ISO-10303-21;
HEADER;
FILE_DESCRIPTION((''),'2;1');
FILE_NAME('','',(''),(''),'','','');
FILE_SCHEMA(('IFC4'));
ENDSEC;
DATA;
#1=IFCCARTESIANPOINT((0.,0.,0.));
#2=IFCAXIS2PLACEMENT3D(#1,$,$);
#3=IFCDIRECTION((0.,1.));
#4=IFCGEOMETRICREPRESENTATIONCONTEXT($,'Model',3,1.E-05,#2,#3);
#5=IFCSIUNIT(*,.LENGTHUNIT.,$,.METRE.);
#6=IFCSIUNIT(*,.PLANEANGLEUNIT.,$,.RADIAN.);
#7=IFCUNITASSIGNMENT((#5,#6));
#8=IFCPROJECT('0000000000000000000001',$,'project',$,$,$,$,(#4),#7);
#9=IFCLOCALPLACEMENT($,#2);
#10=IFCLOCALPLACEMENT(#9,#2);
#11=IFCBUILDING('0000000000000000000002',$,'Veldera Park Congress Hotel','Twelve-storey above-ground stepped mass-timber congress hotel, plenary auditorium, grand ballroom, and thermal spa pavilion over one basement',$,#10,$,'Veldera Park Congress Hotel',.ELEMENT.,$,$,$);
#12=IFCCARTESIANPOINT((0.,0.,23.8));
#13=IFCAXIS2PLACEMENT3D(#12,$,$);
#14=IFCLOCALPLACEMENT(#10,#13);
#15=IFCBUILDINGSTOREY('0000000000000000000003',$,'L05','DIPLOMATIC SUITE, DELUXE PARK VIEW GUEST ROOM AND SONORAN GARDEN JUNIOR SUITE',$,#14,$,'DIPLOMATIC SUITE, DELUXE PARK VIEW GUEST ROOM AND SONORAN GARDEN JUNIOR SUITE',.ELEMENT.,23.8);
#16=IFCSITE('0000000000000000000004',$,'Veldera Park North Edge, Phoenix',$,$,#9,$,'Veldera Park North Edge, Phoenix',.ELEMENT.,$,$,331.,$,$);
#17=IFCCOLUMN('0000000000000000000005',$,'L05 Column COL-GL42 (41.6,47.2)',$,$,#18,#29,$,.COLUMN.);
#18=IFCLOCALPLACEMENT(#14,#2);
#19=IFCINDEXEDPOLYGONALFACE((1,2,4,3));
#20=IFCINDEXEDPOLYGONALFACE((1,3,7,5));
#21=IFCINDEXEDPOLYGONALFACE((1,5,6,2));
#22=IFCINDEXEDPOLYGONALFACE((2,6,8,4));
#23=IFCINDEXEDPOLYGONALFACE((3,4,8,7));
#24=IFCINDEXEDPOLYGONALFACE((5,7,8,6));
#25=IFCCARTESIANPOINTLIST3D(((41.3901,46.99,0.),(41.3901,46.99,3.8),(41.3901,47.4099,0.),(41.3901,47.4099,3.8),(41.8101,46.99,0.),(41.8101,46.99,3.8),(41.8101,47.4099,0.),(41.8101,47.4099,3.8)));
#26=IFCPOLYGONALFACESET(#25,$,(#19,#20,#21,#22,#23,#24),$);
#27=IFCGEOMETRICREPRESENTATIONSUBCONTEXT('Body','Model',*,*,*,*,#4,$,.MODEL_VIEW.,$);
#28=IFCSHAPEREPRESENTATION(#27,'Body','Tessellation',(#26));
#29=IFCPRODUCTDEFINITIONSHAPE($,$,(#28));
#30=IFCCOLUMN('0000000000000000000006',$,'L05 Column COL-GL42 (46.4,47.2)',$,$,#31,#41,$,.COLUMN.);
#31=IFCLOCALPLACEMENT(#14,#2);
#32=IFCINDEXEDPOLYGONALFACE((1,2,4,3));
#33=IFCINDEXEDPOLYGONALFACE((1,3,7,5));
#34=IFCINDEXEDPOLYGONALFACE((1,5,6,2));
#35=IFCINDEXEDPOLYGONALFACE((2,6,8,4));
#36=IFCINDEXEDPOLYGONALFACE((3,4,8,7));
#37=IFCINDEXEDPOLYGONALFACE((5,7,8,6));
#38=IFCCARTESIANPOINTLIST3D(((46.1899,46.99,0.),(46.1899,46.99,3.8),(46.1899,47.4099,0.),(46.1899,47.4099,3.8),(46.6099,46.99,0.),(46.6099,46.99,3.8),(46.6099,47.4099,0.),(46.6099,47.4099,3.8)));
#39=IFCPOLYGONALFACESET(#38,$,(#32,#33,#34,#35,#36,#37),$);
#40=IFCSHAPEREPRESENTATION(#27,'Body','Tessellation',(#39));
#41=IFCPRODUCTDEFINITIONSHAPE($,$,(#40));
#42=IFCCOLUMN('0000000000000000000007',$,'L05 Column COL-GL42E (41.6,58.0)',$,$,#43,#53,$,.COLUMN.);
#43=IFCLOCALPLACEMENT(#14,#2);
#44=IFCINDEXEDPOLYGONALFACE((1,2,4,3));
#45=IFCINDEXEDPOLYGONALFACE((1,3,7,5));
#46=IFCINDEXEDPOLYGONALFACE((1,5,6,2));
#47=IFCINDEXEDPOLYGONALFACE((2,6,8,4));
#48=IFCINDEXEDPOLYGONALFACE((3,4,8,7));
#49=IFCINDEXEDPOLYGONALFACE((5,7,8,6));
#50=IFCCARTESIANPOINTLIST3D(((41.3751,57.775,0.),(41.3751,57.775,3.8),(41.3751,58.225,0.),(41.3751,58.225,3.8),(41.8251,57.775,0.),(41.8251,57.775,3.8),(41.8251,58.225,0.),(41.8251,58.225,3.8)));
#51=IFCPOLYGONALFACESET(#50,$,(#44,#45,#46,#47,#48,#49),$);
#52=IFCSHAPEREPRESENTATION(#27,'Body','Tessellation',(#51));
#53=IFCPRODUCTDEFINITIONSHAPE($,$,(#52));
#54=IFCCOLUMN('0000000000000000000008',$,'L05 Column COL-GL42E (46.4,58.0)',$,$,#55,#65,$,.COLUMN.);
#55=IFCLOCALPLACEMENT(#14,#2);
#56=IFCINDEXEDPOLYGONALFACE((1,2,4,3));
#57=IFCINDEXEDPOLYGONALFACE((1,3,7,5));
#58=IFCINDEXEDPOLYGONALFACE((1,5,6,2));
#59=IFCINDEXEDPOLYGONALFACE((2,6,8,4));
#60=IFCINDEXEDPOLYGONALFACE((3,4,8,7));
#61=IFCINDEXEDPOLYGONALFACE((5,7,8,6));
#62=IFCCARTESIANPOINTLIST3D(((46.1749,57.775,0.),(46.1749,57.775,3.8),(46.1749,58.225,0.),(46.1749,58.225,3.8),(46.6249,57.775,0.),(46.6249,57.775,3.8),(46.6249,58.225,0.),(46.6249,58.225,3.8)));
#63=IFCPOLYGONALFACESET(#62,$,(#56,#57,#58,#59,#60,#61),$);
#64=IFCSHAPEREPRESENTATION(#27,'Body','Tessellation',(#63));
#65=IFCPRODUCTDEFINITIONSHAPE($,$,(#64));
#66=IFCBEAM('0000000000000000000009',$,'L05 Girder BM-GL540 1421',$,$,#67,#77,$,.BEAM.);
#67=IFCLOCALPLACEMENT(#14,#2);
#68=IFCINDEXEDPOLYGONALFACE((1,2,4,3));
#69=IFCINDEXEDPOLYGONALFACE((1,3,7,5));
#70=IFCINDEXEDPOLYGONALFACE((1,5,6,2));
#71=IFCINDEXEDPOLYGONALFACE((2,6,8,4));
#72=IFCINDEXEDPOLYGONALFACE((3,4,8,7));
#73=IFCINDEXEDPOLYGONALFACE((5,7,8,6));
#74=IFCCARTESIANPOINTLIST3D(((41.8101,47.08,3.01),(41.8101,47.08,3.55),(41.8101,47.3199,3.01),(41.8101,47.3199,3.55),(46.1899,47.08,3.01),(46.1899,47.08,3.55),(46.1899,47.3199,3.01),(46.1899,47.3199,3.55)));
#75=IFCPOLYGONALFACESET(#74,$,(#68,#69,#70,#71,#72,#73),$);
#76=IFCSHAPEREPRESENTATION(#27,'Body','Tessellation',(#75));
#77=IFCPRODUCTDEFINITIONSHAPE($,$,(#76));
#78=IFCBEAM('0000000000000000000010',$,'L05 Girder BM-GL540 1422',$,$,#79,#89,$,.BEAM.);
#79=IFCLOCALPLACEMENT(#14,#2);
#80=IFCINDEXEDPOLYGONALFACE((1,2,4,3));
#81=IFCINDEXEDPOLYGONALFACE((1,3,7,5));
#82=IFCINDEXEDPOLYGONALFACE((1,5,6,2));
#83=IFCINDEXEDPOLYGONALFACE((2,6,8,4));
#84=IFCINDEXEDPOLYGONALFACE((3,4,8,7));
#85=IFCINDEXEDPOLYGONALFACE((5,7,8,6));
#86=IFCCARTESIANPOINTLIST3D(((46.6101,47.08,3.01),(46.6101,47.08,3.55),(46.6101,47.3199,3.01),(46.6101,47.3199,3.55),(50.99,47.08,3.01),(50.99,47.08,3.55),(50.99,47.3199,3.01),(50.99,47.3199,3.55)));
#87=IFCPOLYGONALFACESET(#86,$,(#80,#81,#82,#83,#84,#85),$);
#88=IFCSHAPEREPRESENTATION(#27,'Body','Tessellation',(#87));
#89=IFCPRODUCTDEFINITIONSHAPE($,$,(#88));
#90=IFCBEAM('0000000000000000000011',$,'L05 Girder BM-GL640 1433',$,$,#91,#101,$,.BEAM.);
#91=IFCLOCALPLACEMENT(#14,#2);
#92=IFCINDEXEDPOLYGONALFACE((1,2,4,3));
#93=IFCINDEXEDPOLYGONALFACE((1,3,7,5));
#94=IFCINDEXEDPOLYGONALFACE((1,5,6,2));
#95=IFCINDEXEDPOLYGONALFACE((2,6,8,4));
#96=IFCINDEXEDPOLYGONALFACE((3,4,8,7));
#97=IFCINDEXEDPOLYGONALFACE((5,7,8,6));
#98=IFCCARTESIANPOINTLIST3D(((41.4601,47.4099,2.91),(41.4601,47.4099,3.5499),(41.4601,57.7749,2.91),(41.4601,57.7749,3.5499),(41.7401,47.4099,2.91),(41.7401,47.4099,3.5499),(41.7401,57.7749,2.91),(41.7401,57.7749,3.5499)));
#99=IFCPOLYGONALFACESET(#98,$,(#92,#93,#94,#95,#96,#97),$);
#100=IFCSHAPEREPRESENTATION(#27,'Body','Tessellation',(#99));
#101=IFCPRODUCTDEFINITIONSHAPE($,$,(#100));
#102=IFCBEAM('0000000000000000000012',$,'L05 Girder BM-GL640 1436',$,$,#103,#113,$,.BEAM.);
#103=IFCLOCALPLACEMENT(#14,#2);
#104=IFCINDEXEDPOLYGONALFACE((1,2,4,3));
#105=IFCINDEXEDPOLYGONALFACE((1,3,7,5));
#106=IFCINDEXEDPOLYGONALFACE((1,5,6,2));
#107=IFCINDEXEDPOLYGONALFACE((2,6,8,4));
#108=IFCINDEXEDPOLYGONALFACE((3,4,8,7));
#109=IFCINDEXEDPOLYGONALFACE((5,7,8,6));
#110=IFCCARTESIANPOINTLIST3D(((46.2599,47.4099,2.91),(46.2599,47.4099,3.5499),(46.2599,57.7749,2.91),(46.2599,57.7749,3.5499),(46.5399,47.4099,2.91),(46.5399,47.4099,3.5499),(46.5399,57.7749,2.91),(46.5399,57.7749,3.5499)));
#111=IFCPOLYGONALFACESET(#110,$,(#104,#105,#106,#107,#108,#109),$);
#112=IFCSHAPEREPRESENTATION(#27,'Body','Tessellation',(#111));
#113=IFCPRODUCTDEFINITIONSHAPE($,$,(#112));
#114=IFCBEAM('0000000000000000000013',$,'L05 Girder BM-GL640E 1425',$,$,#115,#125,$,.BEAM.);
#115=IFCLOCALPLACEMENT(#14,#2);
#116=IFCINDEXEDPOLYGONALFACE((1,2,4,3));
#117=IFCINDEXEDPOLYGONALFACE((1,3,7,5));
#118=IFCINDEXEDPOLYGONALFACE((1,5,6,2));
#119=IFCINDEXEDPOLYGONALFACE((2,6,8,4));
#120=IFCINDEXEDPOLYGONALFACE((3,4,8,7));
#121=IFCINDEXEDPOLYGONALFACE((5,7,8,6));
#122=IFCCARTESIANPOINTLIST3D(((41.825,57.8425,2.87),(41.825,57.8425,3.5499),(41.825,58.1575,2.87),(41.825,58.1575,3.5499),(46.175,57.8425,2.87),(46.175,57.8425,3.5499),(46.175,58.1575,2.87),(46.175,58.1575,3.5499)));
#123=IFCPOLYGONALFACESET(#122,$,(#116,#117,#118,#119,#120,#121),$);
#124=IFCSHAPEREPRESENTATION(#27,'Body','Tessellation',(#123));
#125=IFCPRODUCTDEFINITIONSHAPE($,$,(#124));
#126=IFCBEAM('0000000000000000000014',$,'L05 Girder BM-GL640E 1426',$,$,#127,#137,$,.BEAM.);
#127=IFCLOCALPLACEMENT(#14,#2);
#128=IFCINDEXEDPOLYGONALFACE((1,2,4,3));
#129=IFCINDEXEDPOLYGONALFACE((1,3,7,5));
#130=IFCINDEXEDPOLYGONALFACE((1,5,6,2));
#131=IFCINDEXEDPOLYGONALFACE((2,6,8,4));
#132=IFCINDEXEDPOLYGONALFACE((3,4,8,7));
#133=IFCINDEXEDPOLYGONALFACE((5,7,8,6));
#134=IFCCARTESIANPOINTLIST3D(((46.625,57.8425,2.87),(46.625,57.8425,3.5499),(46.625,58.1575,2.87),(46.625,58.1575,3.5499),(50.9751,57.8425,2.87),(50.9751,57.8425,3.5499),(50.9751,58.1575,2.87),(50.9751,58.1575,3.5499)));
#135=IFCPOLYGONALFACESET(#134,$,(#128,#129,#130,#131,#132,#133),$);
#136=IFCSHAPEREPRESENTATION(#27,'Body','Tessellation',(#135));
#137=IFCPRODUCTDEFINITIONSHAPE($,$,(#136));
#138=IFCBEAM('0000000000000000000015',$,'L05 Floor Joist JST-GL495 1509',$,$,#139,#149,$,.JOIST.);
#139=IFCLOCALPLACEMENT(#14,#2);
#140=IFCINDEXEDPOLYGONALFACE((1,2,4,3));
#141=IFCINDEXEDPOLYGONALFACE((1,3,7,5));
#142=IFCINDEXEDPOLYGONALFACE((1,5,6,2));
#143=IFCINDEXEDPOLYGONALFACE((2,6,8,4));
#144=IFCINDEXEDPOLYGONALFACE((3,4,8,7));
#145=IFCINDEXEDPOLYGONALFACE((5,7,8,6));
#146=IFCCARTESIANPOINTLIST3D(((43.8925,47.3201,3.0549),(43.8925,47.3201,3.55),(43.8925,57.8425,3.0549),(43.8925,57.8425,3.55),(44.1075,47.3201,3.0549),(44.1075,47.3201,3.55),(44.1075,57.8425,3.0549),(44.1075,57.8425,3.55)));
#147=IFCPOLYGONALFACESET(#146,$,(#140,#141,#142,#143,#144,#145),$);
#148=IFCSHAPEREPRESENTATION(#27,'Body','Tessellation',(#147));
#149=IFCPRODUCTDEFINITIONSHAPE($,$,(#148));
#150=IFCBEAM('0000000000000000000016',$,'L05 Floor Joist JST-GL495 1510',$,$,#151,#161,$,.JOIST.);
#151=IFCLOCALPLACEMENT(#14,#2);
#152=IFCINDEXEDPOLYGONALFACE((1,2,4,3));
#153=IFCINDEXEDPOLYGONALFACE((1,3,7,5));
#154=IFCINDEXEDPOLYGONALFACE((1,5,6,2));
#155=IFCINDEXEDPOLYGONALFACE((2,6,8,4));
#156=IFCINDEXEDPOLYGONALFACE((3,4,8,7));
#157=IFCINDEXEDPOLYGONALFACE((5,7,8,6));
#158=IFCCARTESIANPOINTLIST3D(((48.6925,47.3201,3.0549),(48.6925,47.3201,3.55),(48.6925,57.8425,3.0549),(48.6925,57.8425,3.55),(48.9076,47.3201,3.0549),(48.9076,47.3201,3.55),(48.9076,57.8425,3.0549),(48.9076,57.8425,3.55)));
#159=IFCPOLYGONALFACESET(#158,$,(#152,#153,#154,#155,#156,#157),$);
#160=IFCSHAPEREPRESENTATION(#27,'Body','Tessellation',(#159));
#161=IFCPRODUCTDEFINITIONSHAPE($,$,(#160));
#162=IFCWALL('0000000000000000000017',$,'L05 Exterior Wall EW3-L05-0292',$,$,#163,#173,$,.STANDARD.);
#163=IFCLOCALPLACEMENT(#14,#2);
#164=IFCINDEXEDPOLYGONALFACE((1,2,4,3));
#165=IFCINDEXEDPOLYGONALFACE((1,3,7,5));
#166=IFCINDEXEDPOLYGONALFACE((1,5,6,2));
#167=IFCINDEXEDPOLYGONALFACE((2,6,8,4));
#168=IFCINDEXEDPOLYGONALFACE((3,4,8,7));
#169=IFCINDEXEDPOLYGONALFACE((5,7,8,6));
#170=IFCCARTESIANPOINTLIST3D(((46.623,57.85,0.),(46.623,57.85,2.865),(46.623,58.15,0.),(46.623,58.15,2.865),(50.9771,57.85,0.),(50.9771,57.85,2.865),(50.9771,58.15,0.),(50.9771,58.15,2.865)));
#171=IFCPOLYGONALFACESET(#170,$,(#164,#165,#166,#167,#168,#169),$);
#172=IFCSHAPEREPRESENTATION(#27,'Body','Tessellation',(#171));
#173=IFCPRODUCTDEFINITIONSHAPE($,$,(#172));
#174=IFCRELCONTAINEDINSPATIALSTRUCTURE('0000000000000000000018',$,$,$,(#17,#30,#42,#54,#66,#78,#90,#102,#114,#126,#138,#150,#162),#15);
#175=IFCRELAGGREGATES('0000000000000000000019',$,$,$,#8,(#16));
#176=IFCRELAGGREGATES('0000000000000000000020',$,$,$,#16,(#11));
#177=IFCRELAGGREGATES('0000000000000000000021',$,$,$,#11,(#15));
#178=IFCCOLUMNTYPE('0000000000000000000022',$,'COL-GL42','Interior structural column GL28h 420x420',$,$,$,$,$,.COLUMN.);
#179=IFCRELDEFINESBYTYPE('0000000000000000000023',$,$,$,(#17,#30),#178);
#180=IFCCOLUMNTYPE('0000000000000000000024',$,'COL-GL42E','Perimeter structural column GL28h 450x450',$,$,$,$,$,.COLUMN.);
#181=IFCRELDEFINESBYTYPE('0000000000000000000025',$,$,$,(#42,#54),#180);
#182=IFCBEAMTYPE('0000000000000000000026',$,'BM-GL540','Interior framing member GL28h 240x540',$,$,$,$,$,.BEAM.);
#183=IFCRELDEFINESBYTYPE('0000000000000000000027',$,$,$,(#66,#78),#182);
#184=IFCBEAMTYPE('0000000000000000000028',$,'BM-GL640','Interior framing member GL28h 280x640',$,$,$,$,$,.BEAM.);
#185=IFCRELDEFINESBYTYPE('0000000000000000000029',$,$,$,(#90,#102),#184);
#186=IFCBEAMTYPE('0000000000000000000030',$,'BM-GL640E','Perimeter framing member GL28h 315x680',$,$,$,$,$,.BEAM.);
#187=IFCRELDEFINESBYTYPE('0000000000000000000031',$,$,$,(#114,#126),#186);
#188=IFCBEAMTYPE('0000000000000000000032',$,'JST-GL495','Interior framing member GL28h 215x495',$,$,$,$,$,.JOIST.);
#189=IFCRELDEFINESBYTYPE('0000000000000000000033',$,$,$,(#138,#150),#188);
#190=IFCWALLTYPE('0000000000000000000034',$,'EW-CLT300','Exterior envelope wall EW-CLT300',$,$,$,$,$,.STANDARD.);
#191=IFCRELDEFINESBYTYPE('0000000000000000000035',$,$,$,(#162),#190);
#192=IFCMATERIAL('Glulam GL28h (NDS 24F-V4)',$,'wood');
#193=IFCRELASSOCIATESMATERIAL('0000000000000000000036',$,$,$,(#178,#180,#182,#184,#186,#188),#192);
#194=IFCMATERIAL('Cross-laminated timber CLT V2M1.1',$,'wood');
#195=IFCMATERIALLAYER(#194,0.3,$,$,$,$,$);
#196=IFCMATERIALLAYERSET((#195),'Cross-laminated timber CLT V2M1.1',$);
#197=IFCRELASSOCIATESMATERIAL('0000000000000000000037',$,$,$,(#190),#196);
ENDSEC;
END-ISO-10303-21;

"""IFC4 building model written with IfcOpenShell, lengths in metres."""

from ifc_helpers import new_model, si_unit, direction, frame, frame_2d, origin, origin_2d, place, context, subcontext, project, spatial, rectangle, extrude, material, layer, layer_set, material_profile, profile_set, type_object, element, save


model = new_model("IFC4")

# Units and contexts
model_context = context("Model", 3, precision=1e-05, world=origin(), true_north=direction((0.0, 1.0)))
body_context = subcontext(model_context, "Body", "Model", "MODEL_VIEW")
ifc_project = project(units=[si_unit("LENGTHUNIT", "METRE"), si_unit("PLANEANGLEUNIT", "RADIAN")], contexts=[model_context])

# Site, building, storey
site_placement = place(None, origin())
site = spatial("IfcSite", under=ifc_project, at=site_placement, Name="Veldera Park North Edge, Phoenix", LongName="Veldera Park North Edge, Phoenix", CompositionType="ELEMENT", RefElevation=331.0)
building_placement = place(site_placement, origin())
building = spatial("IfcBuilding", under=site, at=building_placement, Name="Veldera Park Congress Hotel", Description="Twelve-storey above-ground stepped mass-timber congress hotel, plenary auditorium, grand ballroom, and thermal spa pavilion over one basement", LongName="Veldera Park Congress Hotel", CompositionType="ELEMENT")
storey_placement = place(building_placement, frame((0.0, 0.0, 23.8)))
storey = spatial("IfcBuildingStorey", under=building, at=storey_placement, Name="L05", Description="DIPLOMATIC SUITE, DELUXE PARK VIEW GUEST ROOM AND SONORAN GARDEN JUNIOR SUITE", LongName="DIPLOMATIC SUITE, DELUXE PARK VIEW GUEST ROOM AND SONORAN GARDEN JUNIOR SUITE", CompositionType="ELEMENT", Elevation=23.8)

# Columns
ifc_material_1 = material(Name="Glulam GL28h (NDS 24F-V4)", Category="wood")
ifc_material_profile_1 = material_profile(ifc_material_1, rectangle(XDim=0.4199, YDim=0.4199, at=origin_2d()), Name="GL28h 420x420")
ifc_profile_set_1 = profile_set([ifc_material_profile_1], Name="Glulam GL28h (NDS 24F-V4)")
column_type_1 = type_object("IfcColumnType", Name="COL-GL42", Description="Interior structural column GL28h 420x420", PredefinedType="COLUMN", material=ifc_profile_set_1)
for number, where, z_axis, x_axis, name in (
    (1, (41.6001, 47.2, 0.0), (0.0, 0.0, 1.0), (1.0, 0.0, 0.0), "L05 Column COL-GL42 (41.6,47.2)"),
    (2, (46.3999, 47.2, 0.0), (0.0, 0.0, 1.0), (1.0, 0.0, 0.0), "L05 Column COL-GL42 (46.4,47.2)"),
):
    element("IfcColumn", number, at=place(storey_placement, frame(where, z_axis=z_axis, x_axis=x_axis)), inside=storey, type_object=column_type_1, Name=name, PredefinedType="COLUMN", context=body_context, shape_type="SweptSolid", body=[
        extrude(rectangle(XDim=0.4199, YDim=0.4199, at=origin_2d()), origin(), (0.0, 0.0, 1.0), 3.8),
    ])
ifc_material_profile_2 = material_profile(ifc_material_1, rectangle(XDim=0.45, YDim=0.45, at=origin_2d()), Name="GL28h 450x450")
ifc_profile_set_2 = profile_set([ifc_material_profile_2], Name="Glulam GL28h (NDS 24F-V4)")
column_type_2 = type_object("IfcColumnType", Name="COL-GL42E", Description="Perimeter structural column GL28h 450x450", PredefinedType="COLUMN", material=ifc_profile_set_2)
for number, where, z_axis, x_axis, name in (
    (3, (41.6001, 58.0, 0.0), (0.0, 0.0, 1.0), (1.0, 0.0, 0.0), "L05 Column COL-GL42E (41.6,58.0)"),
    (4, (46.3999, 58.0, 0.0), (0.0, 0.0, 1.0), (1.0, 0.0, 0.0), "L05 Column COL-GL42E (46.4,58.0)"),
):
    element("IfcColumn", number, at=place(storey_placement, frame(where, z_axis=z_axis, x_axis=x_axis)), inside=storey, type_object=column_type_2, Name=name, PredefinedType="COLUMN", context=body_context, shape_type="SweptSolid", body=[
        extrude(rectangle(XDim=0.45, YDim=0.45, at=origin_2d()), origin(), (0.0, 0.0, 1.0), 3.8),
    ])

# Beams
ifc_material_profile_3 = material_profile(ifc_material_1, rectangle(XDim=0.24, YDim=0.54, at=origin_2d()), Name="GL28h 240x540")
ifc_profile_set_3 = profile_set([ifc_material_profile_3], Name="Glulam GL28h (NDS 24F-V4)")
beam_type_1 = type_object("IfcBeamType", Name="BM-GL540", Description="Interior framing member GL28h 240x540", PredefinedType="BEAM", material=ifc_profile_set_3)
for number, where, z_axis, x_axis, name in (
    (5, (41.8101, 47.2, 3.28), (1.0, 0.0, 0.0), (0.0, 1.0, 0.0), "L05 Girder BM-GL540 1421"),
    (6, (46.6101, 47.2, 3.28), (1.0, 0.0, 0.0), (0.0, 1.0, 0.0), "L05 Girder BM-GL540 1422"),
):
    element("IfcBeam", number, at=place(storey_placement, frame(where, z_axis=z_axis, x_axis=x_axis)), inside=storey, type_object=beam_type_1, Name=name, PredefinedType="BEAM", context=body_context, shape_type="SweptSolid", body=[
        extrude(rectangle(XDim=0.24, YDim=0.54, at=origin_2d()), origin(), (0.0, 0.0, 1.0), 4.3799),
    ])
ifc_material_profile_4 = material_profile(ifc_material_1, rectangle(XDim=0.28, YDim=0.6399, at=origin_2d()), Name="GL28h 280x640")
ifc_profile_set_4 = profile_set([ifc_material_profile_4], Name="Glulam GL28h (NDS 24F-V4)")
beam_type_2 = type_object("IfcBeamType", Name="BM-GL640", Description="Interior framing member GL28h 280x640", PredefinedType="BEAM", material=ifc_profile_set_4)
for number, where, z_axis, x_axis, name in (
    (7, (41.6001, 47.4099, 3.23), (0.0, 1.0, 0.0), (-1.0, 0.0, 0.0), "L05 Girder BM-GL640 1433"),
    (8, (46.3999, 47.4099, 3.23), (0.0, 1.0, 0.0), (-1.0, 0.0, 0.0), "L05 Girder BM-GL640 1436"),
):
    element("IfcBeam", number, at=place(storey_placement, frame(where, z_axis=z_axis, x_axis=x_axis)), inside=storey, type_object=beam_type_2, Name=name, PredefinedType="BEAM", context=body_context, shape_type="SweptSolid", body=[
        extrude(rectangle(XDim=0.28, YDim=0.6399, at=origin_2d()), origin(), (0.0, 0.0, 1.0), 10.365),
    ])
ifc_material_profile_5 = material_profile(ifc_material_1, rectangle(XDim=0.3149, YDim=0.6799, at=origin_2d()), Name="GL28h 315x680")
ifc_profile_set_5 = profile_set([ifc_material_profile_5], Name="Glulam GL28h (NDS 24F-V4)")
beam_type_3 = type_object("IfcBeamType", Name="BM-GL640E", Description="Perimeter framing member GL28h 315x680", PredefinedType="BEAM", material=ifc_profile_set_5)
for number, where, z_axis, x_axis, name in (
    (9, (41.825, 58.0, 3.21), (1.0, 0.0, 0.0), (0.0, 1.0, 0.0), "L05 Girder BM-GL640E 1425"),
    (10, (46.625, 58.0, 3.21), (1.0, 0.0, 0.0), (0.0, 1.0, 0.0), "L05 Girder BM-GL640E 1426"),
):
    element("IfcBeam", number, at=place(storey_placement, frame(where, z_axis=z_axis, x_axis=x_axis)), inside=storey, type_object=beam_type_3, Name=name, PredefinedType="BEAM", context=body_context, shape_type="SweptSolid", body=[
        extrude(rectangle(XDim=0.3149, YDim=0.6799, at=origin_2d()), origin(), (0.0, 0.0, 1.0), 4.3501),
    ])
ifc_material_profile_6 = material_profile(ifc_material_1, rectangle(XDim=0.2151, YDim=0.4951, at=origin_2d()), Name="GL28h 215x495")
ifc_profile_set_6 = profile_set([ifc_material_profile_6], Name="Glulam GL28h (NDS 24F-V4)")
beam_type_4 = type_object("IfcBeamType", Name="JST-GL495", Description="Interior framing member GL28h 215x495", PredefinedType="JOIST", material=ifc_profile_set_6)
for number, where, z_axis, x_axis, name in (
    (11, (44.0, 47.3201, 3.3025), (0.0, 1.0, 0.0), (-1.0, 0.0, 0.0), "L05 Floor Joist JST-GL495 1509"),
    (12, (48.8, 47.3201, 3.3025), (0.0, 1.0, 0.0), (-1.0, 0.0, 0.0), "L05 Floor Joist JST-GL495 1510"),
):
    element("IfcBeam", number, at=place(storey_placement, frame(where, z_axis=z_axis, x_axis=x_axis)), inside=storey, type_object=beam_type_4, Name=name, PredefinedType="JOIST", context=body_context, shape_type="SweptSolid", body=[
        extrude(rectangle(XDim=0.2151, YDim=0.4951, at=origin_2d()), origin(), (0.0, 0.0, 1.0), 10.5225),
    ])

# Wall
ifc_material_2 = material(Name="Cross-laminated timber CLT V2M1.1", Category="wood")
ifc_layer = layer(ifc_material_2, 0.3)
ifc_layer_set = layer_set([ifc_layer], Name="Cross-laminated timber CLT V2M1.1")
wall_type = type_object("IfcWallType", Name="EW-CLT300", Description="Exterior envelope wall EW-CLT300", PredefinedType="STANDARD", material=ifc_layer_set)
wall_1_placement = place(storey_placement, frame((50.9771, 58.0, 0.0), z_axis=(0.0, 0.0, 1.0), x_axis=(-1.0, 0.0, 0.0)))
element("IfcWall", 13, at=wall_1_placement, inside=storey, type_object=wall_type, Name="L05 Exterior Wall EW3-L05-0292", PredefinedType="STANDARD", context=body_context, shape_type="SweptSolid", body=[
    extrude(rectangle(XDim=4.354, YDim=0.3, at=frame_2d((2.177, 0.0))), origin(), (0.0, 0.0, 1.0), 2.865),
])

save(model, "model.ifc")
